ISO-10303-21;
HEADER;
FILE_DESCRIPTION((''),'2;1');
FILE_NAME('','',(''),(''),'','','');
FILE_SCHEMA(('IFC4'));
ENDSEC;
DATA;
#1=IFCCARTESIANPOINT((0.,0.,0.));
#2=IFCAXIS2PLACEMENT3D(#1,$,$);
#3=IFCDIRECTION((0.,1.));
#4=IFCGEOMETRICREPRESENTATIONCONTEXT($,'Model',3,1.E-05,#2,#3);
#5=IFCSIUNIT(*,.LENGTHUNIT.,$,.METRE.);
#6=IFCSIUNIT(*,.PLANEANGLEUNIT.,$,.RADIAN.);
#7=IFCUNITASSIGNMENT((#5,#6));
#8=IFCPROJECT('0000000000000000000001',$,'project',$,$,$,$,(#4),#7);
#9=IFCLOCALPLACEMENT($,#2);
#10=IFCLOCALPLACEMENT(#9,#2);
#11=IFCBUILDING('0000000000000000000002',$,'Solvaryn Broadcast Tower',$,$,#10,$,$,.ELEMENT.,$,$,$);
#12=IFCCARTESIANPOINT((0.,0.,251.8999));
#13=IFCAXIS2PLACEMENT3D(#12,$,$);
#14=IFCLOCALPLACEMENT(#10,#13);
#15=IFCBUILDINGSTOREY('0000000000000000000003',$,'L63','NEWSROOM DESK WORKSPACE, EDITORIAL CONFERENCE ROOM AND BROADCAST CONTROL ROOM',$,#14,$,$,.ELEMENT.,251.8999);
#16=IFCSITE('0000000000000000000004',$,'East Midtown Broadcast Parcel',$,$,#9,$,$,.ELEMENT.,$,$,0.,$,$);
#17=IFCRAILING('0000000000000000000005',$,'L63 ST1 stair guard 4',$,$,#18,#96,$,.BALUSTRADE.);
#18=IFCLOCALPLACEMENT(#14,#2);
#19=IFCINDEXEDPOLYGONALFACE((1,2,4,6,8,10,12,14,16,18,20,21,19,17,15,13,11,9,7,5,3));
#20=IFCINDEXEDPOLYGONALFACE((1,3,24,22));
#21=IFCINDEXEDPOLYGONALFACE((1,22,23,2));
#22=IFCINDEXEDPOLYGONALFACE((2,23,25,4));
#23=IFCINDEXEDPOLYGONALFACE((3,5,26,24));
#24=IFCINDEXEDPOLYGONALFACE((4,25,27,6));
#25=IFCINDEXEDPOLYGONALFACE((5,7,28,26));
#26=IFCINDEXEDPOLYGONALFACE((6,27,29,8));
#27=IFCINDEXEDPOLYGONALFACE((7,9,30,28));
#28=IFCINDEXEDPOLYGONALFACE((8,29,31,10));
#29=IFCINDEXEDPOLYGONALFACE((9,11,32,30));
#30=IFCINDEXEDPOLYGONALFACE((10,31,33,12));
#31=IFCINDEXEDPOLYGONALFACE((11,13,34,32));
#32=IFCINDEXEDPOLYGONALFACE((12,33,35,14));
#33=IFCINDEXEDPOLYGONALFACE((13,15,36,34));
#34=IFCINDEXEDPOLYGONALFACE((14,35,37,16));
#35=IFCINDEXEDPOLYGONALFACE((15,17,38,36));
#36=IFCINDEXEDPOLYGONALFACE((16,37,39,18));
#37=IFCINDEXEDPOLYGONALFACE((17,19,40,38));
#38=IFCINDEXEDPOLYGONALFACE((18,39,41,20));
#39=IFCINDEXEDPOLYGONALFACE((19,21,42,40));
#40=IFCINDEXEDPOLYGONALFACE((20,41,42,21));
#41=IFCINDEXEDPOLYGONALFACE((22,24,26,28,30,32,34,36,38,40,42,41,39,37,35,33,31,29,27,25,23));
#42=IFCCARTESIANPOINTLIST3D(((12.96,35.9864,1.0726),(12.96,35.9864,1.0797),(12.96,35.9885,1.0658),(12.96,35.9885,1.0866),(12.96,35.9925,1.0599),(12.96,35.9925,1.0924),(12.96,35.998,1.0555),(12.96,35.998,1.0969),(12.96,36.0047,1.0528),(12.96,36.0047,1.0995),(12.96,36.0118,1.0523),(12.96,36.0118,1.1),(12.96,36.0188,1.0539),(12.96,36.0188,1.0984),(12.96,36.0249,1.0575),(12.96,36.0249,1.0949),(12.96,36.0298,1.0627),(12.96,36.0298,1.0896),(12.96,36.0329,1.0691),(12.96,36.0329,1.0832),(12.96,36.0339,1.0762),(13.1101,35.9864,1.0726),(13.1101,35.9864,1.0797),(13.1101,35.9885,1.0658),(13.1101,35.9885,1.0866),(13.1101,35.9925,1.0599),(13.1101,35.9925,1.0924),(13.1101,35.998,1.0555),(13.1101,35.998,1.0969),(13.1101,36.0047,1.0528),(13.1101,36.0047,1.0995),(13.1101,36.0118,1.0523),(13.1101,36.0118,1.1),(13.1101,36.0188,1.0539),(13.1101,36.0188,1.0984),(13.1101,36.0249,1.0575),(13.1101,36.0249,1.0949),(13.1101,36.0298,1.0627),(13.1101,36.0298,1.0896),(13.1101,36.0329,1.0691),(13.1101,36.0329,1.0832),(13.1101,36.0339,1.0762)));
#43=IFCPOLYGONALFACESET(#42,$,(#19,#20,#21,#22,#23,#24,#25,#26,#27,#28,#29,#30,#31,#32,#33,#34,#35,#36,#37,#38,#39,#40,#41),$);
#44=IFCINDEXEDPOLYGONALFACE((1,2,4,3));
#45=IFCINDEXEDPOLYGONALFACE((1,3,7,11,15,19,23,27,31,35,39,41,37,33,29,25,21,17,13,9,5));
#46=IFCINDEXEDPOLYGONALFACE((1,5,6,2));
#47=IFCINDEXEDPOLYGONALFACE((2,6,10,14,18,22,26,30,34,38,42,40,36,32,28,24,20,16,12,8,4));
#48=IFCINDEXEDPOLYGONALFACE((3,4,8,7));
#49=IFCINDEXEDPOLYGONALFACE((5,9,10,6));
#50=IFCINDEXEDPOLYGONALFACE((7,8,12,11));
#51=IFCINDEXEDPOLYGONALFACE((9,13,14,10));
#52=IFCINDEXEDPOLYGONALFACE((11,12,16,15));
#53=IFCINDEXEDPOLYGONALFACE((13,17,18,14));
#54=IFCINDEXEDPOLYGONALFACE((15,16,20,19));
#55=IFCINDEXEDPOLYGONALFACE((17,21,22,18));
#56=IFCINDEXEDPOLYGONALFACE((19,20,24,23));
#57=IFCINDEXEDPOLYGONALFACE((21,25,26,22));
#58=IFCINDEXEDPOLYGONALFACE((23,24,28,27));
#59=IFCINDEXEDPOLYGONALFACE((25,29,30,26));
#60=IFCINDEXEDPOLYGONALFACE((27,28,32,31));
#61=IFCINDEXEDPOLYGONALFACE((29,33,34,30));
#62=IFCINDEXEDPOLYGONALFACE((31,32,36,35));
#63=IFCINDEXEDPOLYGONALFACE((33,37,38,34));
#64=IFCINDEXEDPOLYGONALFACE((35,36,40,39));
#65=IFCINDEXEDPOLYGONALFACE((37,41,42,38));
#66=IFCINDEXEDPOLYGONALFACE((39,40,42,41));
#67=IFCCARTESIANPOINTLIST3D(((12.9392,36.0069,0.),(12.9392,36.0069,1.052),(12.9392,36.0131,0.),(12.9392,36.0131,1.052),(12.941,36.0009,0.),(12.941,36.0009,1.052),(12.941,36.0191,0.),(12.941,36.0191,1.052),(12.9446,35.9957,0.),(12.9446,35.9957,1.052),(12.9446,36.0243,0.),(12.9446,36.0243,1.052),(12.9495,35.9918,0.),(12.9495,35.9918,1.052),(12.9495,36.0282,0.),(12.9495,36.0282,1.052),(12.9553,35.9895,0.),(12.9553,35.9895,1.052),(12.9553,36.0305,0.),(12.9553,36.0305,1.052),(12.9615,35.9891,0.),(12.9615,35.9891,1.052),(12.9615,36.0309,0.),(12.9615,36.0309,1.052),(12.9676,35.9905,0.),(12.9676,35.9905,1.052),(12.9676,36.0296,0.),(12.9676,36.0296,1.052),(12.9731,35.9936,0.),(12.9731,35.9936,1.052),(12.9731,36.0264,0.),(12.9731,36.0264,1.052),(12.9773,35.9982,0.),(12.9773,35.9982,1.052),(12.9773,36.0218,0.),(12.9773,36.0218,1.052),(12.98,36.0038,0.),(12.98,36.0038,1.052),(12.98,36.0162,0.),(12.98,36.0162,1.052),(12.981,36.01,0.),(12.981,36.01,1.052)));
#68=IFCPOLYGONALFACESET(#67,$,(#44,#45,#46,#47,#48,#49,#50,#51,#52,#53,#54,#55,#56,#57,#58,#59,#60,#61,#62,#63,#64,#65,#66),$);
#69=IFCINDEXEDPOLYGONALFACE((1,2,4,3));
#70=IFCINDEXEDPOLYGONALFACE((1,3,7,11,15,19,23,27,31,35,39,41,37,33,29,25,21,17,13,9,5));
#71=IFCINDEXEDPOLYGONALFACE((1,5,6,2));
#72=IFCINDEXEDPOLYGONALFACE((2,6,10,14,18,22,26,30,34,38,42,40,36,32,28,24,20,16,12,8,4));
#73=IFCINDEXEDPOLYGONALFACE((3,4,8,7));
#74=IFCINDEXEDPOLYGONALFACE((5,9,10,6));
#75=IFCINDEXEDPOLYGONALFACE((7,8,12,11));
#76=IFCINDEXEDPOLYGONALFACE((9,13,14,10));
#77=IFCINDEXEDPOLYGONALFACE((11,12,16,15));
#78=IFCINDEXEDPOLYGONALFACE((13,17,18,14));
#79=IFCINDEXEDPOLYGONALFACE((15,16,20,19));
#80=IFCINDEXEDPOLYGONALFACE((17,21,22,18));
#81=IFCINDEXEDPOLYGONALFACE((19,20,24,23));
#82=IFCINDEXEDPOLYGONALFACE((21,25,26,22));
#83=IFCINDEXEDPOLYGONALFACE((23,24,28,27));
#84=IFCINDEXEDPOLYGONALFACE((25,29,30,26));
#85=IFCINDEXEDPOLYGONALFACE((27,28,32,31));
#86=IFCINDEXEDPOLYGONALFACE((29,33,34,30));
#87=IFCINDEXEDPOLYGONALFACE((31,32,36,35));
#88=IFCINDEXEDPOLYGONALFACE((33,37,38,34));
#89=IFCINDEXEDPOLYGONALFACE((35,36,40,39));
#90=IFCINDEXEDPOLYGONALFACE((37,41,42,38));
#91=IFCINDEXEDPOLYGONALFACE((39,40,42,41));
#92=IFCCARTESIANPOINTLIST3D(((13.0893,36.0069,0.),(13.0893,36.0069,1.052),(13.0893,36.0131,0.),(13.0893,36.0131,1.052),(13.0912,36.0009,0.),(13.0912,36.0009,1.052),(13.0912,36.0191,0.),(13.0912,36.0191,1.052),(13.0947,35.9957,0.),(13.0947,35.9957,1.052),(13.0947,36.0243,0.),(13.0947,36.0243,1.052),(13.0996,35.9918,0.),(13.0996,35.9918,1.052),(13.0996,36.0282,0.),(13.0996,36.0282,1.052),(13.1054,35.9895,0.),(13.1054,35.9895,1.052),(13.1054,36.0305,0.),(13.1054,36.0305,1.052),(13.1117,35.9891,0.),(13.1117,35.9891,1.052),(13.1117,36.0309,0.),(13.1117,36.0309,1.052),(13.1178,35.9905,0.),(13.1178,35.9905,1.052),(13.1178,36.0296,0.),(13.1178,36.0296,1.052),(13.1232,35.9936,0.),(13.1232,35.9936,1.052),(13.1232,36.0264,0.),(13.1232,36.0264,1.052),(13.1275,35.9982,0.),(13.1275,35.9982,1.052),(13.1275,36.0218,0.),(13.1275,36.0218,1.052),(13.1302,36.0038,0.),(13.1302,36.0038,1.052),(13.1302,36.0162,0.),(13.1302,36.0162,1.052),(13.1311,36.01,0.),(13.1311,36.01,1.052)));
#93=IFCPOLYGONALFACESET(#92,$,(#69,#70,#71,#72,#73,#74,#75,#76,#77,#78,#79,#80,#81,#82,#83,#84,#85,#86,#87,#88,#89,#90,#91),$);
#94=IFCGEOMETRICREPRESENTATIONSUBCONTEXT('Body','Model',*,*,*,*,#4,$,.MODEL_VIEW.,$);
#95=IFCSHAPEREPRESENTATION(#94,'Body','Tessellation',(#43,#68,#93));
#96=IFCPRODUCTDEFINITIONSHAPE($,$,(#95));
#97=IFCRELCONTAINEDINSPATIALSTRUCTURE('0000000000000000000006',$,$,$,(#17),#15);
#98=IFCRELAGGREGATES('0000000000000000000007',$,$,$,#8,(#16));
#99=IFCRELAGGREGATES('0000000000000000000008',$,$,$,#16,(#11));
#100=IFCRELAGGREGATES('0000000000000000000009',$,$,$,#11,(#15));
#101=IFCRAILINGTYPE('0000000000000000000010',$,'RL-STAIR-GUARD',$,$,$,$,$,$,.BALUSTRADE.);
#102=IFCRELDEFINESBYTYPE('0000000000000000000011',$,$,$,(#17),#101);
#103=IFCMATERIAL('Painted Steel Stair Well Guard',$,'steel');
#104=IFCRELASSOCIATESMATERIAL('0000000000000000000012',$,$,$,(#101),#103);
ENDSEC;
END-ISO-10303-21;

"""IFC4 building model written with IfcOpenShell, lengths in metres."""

from ifc_helpers import new_model, si_unit, direction, frame, origin, origin_2d, place, context, subcontext, project, spatial, circle, extrude, material, type_object, element, save


model = new_model("IFC4")

# Units and contexts
model_context = context("Model", 3, precision=1e-05, world=origin(), true_north=direction((0.0, 1.0)))
body_context = subcontext(model_context, "Body", "Model", "MODEL_VIEW")
ifc_project = project(units=[si_unit("LENGTHUNIT", "METRE"), si_unit("PLANEANGLEUNIT", "RADIAN")], contexts=[model_context])

# Site, building, storey
site_placement = place(None, origin())
site = spatial("IfcSite", under=ifc_project, at=site_placement, Name="East Midtown Broadcast Parcel", CompositionType="ELEMENT", RefElevation=0.0)
building_placement = place(site_placement, origin())
building = spatial("IfcBuilding", under=site, at=building_placement, Name="Solvaryn Broadcast Tower", CompositionType="ELEMENT")
storey_placement = place(building_placement, frame((0.0, 0.0, 251.8999)))
storey = spatial("IfcBuildingStorey", under=building, at=storey_placement, Name="L63", Description="NEWSROOM DESK WORKSPACE, EDITORIAL CONFERENCE ROOM AND BROADCAST CONTROL ROOM", CompositionType="ELEMENT", Elevation=251.8999)

# Railing
ifc_material_1 = material(Name="Painted Steel Stair Well Guard", Category="steel")
railing_type_1 = type_object("IfcRailingType", Name="RL-STAIR-GUARD", PredefinedType="BALUSTRADE", material=ifc_material_1)
railing_1_placement = place(storey_placement, frame((12.96, 36.01, 0.0)))
element("IfcRailing", 1, at=railing_1_placement, inside=storey, type_object=railing_type_1, Name="L63 ST1 stair guard 4", PredefinedType="BALUSTRADE", context=body_context, shape_type="SweptSolid", body=[
    extrude(circle(Radius=0.0239, at=origin_2d()), frame((0.0, 0.0, 1.0762), z_axis=(1.0, 0.0, 0.0), x_axis=(0.0, 1.0, 0.0)), (0.0, 0.0, 1.0), 0.1501),
    extrude(circle(Radius=0.021, at=origin_2d()), origin(), (0.0, 0.0, 1.0), 1.052),
    extrude(circle(Radius=0.021, at=origin_2d()), frame((0.1501, 0.0, 0.0)), (0.0, 0.0, 1.0), 1.052),
])

save(model, "model.ifc")
